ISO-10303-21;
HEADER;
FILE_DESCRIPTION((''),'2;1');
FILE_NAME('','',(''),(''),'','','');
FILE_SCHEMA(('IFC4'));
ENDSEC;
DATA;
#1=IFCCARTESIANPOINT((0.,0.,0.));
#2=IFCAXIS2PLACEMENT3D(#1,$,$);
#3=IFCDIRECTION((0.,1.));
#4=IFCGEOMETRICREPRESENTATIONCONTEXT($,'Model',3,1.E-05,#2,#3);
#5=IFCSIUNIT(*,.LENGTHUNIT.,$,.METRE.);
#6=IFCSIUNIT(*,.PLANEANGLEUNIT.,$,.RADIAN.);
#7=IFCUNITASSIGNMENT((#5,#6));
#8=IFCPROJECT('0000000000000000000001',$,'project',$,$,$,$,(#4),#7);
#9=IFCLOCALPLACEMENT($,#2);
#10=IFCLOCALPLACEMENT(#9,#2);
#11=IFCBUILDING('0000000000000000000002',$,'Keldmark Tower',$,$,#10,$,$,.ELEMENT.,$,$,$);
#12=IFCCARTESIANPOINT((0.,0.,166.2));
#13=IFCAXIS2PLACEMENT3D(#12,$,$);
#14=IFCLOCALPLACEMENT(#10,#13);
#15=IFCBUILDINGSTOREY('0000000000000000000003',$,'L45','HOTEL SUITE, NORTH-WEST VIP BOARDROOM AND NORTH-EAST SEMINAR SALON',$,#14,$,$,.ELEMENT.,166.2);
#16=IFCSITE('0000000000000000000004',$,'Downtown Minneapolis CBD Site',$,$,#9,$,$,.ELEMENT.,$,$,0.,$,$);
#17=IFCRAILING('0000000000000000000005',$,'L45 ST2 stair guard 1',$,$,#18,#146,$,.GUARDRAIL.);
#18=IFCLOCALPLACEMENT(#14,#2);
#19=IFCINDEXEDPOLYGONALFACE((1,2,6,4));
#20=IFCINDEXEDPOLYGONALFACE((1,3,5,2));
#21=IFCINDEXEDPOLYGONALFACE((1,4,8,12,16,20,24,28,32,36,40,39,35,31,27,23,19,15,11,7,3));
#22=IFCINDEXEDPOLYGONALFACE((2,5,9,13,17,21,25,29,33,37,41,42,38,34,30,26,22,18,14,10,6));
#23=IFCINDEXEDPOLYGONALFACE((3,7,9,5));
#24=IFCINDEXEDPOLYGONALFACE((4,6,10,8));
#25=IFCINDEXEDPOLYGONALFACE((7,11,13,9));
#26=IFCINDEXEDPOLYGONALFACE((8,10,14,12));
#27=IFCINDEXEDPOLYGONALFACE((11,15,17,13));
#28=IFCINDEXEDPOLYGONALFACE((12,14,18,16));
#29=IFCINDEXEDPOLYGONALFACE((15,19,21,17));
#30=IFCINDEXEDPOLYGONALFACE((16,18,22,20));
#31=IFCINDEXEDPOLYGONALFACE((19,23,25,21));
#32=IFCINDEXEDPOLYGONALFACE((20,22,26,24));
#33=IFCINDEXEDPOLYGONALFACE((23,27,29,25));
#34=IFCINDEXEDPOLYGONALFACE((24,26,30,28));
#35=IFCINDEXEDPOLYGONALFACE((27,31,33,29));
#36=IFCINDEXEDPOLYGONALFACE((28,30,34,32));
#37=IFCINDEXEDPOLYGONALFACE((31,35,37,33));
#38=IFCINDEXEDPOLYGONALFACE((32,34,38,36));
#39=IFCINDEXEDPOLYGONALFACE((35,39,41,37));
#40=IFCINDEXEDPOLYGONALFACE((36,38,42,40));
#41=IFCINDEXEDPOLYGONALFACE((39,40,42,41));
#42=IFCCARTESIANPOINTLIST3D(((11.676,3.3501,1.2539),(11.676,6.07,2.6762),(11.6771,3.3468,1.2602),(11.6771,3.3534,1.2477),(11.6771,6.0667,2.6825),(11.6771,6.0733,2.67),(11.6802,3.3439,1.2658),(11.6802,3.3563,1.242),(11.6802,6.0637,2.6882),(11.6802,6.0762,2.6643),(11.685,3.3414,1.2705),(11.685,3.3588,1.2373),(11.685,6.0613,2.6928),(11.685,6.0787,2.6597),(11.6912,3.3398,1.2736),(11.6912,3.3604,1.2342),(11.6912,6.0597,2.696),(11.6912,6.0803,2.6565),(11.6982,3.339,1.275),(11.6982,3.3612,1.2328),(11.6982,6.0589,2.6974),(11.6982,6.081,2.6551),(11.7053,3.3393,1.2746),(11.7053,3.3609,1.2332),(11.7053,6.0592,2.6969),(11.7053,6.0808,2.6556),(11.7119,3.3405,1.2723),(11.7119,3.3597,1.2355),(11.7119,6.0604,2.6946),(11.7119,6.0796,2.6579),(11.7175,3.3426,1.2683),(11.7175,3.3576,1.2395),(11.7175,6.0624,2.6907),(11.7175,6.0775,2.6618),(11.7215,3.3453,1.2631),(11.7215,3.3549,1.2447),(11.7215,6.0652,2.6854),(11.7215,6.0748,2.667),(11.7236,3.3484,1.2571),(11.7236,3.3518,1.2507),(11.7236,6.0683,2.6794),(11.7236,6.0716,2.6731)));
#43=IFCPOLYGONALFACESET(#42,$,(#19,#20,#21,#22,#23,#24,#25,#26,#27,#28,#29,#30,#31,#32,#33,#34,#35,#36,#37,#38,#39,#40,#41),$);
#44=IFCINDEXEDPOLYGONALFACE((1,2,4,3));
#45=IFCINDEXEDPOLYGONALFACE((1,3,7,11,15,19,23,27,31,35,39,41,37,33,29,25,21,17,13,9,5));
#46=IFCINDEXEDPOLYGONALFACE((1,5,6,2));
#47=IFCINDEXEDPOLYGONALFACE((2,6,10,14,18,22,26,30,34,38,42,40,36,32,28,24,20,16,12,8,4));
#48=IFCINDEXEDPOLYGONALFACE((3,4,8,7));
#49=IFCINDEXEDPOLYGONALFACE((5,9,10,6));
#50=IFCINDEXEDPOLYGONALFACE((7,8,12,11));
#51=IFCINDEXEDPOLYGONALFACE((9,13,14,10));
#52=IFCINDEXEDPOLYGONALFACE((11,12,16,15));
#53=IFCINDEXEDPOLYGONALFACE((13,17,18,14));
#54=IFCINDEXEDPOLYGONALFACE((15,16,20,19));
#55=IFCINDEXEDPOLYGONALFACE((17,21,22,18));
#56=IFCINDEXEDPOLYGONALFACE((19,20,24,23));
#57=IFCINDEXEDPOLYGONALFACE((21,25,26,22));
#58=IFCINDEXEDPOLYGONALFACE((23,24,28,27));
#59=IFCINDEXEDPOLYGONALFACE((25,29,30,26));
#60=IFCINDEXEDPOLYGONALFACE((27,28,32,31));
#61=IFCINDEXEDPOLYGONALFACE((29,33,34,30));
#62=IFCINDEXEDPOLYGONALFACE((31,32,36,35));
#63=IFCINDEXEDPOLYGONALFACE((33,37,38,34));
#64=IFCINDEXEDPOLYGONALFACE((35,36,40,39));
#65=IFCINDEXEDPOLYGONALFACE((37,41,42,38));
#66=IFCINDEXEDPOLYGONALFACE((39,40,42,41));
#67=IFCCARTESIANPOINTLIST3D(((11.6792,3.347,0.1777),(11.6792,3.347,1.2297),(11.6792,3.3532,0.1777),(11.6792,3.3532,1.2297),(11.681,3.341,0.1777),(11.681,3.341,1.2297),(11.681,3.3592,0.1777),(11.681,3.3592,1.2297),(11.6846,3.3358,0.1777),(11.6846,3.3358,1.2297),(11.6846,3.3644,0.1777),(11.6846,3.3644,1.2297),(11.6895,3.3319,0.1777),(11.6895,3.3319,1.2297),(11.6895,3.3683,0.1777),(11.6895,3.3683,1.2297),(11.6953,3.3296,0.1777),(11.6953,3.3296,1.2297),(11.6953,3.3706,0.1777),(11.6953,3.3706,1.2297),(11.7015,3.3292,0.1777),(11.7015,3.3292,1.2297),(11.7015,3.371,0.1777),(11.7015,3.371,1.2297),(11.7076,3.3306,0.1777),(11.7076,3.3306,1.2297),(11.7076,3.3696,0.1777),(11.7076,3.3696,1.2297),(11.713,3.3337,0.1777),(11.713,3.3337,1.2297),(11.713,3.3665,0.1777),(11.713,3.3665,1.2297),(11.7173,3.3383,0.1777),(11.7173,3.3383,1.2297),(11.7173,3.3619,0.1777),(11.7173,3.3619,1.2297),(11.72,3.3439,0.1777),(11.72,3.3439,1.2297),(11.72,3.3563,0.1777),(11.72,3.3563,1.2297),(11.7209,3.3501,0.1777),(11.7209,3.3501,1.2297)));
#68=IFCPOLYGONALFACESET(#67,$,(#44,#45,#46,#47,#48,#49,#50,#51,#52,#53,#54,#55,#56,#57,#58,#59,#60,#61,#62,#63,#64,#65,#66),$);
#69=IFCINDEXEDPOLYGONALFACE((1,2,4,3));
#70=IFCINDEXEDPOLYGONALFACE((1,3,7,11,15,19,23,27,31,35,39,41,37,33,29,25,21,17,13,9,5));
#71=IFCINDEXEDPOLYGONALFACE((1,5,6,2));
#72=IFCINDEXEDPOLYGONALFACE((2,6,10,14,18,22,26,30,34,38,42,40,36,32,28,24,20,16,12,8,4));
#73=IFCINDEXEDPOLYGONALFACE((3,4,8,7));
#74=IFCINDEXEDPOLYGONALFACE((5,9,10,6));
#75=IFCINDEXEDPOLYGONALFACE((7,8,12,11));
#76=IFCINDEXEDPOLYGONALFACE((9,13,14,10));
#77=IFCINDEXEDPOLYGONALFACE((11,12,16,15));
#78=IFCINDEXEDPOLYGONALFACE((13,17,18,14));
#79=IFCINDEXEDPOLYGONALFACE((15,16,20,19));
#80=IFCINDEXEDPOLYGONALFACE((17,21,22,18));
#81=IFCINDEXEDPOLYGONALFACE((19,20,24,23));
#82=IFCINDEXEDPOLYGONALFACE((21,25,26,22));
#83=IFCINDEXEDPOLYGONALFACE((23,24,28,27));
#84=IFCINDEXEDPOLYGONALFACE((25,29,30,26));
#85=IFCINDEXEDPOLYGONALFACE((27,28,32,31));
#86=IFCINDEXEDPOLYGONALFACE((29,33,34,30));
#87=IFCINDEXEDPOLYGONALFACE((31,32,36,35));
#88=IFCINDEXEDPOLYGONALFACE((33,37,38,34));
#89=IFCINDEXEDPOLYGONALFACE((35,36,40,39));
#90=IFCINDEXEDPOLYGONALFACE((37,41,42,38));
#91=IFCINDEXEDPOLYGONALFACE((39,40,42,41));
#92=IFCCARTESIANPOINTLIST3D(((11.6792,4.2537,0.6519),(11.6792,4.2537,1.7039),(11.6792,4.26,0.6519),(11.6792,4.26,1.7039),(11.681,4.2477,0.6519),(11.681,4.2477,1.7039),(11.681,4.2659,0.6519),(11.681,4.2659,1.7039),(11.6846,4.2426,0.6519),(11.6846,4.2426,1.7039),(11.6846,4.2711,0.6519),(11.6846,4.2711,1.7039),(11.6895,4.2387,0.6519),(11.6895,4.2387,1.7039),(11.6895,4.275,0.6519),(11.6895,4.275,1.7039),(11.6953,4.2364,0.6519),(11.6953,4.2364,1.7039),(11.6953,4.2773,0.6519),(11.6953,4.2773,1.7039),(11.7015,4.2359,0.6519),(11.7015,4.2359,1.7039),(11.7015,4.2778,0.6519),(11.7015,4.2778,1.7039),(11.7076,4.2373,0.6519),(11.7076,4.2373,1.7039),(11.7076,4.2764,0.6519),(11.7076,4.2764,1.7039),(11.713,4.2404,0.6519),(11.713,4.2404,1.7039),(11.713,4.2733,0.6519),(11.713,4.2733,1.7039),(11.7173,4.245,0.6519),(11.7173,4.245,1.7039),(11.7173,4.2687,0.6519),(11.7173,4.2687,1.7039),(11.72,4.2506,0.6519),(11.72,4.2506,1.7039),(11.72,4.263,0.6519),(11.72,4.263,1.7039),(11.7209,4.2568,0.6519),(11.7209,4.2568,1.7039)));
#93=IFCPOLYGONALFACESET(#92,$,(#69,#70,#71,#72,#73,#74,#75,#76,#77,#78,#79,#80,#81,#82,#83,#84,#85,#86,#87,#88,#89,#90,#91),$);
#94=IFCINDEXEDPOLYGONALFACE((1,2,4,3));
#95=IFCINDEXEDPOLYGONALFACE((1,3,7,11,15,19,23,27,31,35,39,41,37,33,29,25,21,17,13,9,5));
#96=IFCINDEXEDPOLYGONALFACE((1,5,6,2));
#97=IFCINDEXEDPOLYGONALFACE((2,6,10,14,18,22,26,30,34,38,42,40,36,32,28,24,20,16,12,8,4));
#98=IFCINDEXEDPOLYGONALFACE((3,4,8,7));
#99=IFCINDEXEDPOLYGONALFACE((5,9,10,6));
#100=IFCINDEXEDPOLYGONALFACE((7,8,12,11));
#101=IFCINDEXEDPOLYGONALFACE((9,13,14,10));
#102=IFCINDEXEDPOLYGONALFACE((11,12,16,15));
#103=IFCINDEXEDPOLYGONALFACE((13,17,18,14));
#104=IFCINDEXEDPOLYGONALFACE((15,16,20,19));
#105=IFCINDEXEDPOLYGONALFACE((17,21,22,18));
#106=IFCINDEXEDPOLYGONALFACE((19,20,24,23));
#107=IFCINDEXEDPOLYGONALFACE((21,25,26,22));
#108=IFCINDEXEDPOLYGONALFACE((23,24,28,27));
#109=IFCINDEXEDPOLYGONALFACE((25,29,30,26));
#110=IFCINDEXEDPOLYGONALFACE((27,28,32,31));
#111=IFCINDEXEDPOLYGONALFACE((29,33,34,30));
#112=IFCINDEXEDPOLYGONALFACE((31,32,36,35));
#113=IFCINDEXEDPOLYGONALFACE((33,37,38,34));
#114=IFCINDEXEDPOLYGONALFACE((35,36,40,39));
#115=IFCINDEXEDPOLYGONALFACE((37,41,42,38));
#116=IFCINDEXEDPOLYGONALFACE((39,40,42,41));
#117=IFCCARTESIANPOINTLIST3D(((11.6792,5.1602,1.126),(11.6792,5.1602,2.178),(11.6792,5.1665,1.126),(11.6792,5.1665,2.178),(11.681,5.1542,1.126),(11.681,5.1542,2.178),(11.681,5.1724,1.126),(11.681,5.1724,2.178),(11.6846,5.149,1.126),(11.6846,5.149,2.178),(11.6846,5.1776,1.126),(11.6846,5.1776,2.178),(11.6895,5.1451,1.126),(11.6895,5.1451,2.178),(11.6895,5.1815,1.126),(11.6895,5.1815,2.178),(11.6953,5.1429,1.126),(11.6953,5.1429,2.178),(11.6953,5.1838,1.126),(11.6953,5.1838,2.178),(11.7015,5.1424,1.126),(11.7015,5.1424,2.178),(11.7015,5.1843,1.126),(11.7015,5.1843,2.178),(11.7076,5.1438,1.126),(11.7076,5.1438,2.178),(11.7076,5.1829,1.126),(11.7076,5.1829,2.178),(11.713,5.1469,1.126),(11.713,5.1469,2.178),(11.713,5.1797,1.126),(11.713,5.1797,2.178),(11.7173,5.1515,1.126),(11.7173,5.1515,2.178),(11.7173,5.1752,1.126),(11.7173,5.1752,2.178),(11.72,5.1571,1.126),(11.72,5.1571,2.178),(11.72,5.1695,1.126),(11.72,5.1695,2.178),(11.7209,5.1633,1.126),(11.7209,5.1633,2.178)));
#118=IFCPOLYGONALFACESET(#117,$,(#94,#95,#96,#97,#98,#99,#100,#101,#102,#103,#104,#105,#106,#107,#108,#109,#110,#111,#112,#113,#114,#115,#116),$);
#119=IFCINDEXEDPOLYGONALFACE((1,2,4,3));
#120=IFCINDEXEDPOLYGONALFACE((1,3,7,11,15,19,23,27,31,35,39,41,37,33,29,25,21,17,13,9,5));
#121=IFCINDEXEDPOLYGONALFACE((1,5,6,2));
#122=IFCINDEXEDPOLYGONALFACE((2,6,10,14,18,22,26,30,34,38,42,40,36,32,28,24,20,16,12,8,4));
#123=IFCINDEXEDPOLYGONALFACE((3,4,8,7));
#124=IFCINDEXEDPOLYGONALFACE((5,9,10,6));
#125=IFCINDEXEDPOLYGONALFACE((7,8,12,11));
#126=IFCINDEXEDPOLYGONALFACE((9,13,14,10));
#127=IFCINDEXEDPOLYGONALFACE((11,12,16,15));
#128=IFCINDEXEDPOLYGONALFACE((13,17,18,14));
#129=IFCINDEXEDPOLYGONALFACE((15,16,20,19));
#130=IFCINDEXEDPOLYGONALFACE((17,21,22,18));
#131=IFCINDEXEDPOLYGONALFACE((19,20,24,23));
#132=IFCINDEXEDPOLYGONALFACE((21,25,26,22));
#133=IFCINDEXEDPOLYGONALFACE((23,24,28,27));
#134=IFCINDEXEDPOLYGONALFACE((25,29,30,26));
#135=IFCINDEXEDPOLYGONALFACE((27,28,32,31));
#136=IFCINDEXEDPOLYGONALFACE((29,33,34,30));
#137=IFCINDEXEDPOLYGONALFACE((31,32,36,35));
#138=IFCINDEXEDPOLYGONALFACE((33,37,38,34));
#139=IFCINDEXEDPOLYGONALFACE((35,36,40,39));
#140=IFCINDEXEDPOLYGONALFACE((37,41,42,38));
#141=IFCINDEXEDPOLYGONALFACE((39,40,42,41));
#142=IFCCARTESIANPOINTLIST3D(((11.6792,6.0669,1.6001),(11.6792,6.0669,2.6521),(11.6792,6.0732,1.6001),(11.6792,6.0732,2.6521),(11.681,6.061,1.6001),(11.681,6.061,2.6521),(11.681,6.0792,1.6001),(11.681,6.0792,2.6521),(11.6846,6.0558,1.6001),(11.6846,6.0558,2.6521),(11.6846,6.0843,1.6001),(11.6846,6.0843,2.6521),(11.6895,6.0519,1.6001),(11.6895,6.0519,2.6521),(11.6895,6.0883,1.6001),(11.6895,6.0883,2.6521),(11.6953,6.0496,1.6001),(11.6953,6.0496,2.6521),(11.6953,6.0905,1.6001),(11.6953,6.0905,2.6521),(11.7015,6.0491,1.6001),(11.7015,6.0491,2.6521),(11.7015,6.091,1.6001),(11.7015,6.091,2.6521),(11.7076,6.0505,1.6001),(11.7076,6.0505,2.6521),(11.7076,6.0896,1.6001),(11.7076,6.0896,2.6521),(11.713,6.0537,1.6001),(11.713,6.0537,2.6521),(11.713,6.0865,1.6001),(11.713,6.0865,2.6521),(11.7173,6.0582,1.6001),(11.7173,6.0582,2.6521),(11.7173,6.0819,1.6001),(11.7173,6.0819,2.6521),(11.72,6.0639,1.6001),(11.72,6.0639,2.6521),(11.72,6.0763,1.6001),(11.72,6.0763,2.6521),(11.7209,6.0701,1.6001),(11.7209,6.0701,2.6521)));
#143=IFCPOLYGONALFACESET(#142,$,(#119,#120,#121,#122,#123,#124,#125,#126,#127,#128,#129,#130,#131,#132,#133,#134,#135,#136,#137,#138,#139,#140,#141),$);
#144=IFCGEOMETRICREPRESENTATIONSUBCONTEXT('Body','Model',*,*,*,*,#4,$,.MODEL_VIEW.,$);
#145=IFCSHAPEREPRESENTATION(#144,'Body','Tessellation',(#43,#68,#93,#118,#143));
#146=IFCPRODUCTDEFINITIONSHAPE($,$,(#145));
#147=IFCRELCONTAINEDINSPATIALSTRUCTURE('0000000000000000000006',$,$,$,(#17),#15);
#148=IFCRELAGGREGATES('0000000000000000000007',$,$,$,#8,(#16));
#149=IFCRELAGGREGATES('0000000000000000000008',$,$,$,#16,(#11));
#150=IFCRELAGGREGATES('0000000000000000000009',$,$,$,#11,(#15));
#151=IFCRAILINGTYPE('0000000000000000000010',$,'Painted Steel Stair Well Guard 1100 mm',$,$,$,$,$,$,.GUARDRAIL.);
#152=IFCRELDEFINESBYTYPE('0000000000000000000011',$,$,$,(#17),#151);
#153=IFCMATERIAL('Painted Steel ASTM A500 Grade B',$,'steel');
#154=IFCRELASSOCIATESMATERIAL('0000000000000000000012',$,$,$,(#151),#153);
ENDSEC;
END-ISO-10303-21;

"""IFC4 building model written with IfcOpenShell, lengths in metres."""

from ifc_helpers import new_model, si_unit, direction, frame, origin, origin_2d, place, context, subcontext, project, spatial, circle, extrude, material, type_object, element, save


model = new_model("IFC4")

# Units and contexts
model_context = context("Model", 3, precision=1e-05, world=origin(), true_north=direction((0.0, 1.0)))
body_context = subcontext(model_context, "Body", "Model", "MODEL_VIEW")
ifc_project = project(units=[si_unit("LENGTHUNIT", "METRE"), si_unit("PLANEANGLEUNIT", "RADIAN")], contexts=[model_context])

# Site, building, storey
site_placement = place(None, origin())
site = spatial("IfcSite", under=ifc_project, at=site_placement, Name="Downtown Minneapolis CBD Site", CompositionType="ELEMENT", RefElevation=0.0)
building_placement = place(site_placement, origin())
building = spatial("IfcBuilding", under=site, at=building_placement, Name="Keldmark Tower", CompositionType="ELEMENT")
storey_placement = place(building_placement, frame((0.0, 0.0, 166.2)))
storey = spatial("IfcBuildingStorey", under=building, at=storey_placement, Name="L45", Description="HOTEL SUITE, NORTH-WEST VIP BOARDROOM AND NORTH-EAST SEMINAR SALON", CompositionType="ELEMENT", Elevation=166.2)

# Railing
ifc_material_1 = material(Name="Painted Steel ASTM A500 Grade B", Category="steel")
railing_type_1 = type_object("IfcRailingType", Name="Painted Steel Stair Well Guard 1100 mm", PredefinedType="GUARDRAIL", material=ifc_material_1)
railing_1_placement = place(storey_placement, frame((11.7, 3.3501, 0.1777)))
element("IfcRailing", 1, at=railing_1_placement, inside=storey, type_object=railing_type_1, Name="L45 ST2 stair guard 1", PredefinedType="GUARDRAIL", context=body_context, shape_type="SweptSolid", body=[
    extrude(circle(Radius=0.0239, at=origin_2d()), frame((0.0, 0.0, 1.0762), z_axis=(0.0, 0.88615, 0.463398), x_axis=(-1.0, 0.0, 0.0)), (0.0, 0.0, 1.0), 3.0693),
    extrude(circle(Radius=0.021, at=origin_2d()), origin(), (0.0, 0.0, 1.0), 1.052),
    extrude(circle(Radius=0.021, at=origin_2d()), frame((0.0, 0.9067, 0.4741)), (0.0, 0.0, 1.0), 1.052),
    extrude(circle(Radius=0.021, at=origin_2d()), frame((0.0, 1.8132, 0.9482)), (0.0, 0.0, 1.0), 1.052),
    extrude(circle(Radius=0.021, at=origin_2d()), frame((0.0, 2.72, 1.4224)), (0.0, 0.0, 1.0), 1.052),
])

save(model, "model.ifc")
